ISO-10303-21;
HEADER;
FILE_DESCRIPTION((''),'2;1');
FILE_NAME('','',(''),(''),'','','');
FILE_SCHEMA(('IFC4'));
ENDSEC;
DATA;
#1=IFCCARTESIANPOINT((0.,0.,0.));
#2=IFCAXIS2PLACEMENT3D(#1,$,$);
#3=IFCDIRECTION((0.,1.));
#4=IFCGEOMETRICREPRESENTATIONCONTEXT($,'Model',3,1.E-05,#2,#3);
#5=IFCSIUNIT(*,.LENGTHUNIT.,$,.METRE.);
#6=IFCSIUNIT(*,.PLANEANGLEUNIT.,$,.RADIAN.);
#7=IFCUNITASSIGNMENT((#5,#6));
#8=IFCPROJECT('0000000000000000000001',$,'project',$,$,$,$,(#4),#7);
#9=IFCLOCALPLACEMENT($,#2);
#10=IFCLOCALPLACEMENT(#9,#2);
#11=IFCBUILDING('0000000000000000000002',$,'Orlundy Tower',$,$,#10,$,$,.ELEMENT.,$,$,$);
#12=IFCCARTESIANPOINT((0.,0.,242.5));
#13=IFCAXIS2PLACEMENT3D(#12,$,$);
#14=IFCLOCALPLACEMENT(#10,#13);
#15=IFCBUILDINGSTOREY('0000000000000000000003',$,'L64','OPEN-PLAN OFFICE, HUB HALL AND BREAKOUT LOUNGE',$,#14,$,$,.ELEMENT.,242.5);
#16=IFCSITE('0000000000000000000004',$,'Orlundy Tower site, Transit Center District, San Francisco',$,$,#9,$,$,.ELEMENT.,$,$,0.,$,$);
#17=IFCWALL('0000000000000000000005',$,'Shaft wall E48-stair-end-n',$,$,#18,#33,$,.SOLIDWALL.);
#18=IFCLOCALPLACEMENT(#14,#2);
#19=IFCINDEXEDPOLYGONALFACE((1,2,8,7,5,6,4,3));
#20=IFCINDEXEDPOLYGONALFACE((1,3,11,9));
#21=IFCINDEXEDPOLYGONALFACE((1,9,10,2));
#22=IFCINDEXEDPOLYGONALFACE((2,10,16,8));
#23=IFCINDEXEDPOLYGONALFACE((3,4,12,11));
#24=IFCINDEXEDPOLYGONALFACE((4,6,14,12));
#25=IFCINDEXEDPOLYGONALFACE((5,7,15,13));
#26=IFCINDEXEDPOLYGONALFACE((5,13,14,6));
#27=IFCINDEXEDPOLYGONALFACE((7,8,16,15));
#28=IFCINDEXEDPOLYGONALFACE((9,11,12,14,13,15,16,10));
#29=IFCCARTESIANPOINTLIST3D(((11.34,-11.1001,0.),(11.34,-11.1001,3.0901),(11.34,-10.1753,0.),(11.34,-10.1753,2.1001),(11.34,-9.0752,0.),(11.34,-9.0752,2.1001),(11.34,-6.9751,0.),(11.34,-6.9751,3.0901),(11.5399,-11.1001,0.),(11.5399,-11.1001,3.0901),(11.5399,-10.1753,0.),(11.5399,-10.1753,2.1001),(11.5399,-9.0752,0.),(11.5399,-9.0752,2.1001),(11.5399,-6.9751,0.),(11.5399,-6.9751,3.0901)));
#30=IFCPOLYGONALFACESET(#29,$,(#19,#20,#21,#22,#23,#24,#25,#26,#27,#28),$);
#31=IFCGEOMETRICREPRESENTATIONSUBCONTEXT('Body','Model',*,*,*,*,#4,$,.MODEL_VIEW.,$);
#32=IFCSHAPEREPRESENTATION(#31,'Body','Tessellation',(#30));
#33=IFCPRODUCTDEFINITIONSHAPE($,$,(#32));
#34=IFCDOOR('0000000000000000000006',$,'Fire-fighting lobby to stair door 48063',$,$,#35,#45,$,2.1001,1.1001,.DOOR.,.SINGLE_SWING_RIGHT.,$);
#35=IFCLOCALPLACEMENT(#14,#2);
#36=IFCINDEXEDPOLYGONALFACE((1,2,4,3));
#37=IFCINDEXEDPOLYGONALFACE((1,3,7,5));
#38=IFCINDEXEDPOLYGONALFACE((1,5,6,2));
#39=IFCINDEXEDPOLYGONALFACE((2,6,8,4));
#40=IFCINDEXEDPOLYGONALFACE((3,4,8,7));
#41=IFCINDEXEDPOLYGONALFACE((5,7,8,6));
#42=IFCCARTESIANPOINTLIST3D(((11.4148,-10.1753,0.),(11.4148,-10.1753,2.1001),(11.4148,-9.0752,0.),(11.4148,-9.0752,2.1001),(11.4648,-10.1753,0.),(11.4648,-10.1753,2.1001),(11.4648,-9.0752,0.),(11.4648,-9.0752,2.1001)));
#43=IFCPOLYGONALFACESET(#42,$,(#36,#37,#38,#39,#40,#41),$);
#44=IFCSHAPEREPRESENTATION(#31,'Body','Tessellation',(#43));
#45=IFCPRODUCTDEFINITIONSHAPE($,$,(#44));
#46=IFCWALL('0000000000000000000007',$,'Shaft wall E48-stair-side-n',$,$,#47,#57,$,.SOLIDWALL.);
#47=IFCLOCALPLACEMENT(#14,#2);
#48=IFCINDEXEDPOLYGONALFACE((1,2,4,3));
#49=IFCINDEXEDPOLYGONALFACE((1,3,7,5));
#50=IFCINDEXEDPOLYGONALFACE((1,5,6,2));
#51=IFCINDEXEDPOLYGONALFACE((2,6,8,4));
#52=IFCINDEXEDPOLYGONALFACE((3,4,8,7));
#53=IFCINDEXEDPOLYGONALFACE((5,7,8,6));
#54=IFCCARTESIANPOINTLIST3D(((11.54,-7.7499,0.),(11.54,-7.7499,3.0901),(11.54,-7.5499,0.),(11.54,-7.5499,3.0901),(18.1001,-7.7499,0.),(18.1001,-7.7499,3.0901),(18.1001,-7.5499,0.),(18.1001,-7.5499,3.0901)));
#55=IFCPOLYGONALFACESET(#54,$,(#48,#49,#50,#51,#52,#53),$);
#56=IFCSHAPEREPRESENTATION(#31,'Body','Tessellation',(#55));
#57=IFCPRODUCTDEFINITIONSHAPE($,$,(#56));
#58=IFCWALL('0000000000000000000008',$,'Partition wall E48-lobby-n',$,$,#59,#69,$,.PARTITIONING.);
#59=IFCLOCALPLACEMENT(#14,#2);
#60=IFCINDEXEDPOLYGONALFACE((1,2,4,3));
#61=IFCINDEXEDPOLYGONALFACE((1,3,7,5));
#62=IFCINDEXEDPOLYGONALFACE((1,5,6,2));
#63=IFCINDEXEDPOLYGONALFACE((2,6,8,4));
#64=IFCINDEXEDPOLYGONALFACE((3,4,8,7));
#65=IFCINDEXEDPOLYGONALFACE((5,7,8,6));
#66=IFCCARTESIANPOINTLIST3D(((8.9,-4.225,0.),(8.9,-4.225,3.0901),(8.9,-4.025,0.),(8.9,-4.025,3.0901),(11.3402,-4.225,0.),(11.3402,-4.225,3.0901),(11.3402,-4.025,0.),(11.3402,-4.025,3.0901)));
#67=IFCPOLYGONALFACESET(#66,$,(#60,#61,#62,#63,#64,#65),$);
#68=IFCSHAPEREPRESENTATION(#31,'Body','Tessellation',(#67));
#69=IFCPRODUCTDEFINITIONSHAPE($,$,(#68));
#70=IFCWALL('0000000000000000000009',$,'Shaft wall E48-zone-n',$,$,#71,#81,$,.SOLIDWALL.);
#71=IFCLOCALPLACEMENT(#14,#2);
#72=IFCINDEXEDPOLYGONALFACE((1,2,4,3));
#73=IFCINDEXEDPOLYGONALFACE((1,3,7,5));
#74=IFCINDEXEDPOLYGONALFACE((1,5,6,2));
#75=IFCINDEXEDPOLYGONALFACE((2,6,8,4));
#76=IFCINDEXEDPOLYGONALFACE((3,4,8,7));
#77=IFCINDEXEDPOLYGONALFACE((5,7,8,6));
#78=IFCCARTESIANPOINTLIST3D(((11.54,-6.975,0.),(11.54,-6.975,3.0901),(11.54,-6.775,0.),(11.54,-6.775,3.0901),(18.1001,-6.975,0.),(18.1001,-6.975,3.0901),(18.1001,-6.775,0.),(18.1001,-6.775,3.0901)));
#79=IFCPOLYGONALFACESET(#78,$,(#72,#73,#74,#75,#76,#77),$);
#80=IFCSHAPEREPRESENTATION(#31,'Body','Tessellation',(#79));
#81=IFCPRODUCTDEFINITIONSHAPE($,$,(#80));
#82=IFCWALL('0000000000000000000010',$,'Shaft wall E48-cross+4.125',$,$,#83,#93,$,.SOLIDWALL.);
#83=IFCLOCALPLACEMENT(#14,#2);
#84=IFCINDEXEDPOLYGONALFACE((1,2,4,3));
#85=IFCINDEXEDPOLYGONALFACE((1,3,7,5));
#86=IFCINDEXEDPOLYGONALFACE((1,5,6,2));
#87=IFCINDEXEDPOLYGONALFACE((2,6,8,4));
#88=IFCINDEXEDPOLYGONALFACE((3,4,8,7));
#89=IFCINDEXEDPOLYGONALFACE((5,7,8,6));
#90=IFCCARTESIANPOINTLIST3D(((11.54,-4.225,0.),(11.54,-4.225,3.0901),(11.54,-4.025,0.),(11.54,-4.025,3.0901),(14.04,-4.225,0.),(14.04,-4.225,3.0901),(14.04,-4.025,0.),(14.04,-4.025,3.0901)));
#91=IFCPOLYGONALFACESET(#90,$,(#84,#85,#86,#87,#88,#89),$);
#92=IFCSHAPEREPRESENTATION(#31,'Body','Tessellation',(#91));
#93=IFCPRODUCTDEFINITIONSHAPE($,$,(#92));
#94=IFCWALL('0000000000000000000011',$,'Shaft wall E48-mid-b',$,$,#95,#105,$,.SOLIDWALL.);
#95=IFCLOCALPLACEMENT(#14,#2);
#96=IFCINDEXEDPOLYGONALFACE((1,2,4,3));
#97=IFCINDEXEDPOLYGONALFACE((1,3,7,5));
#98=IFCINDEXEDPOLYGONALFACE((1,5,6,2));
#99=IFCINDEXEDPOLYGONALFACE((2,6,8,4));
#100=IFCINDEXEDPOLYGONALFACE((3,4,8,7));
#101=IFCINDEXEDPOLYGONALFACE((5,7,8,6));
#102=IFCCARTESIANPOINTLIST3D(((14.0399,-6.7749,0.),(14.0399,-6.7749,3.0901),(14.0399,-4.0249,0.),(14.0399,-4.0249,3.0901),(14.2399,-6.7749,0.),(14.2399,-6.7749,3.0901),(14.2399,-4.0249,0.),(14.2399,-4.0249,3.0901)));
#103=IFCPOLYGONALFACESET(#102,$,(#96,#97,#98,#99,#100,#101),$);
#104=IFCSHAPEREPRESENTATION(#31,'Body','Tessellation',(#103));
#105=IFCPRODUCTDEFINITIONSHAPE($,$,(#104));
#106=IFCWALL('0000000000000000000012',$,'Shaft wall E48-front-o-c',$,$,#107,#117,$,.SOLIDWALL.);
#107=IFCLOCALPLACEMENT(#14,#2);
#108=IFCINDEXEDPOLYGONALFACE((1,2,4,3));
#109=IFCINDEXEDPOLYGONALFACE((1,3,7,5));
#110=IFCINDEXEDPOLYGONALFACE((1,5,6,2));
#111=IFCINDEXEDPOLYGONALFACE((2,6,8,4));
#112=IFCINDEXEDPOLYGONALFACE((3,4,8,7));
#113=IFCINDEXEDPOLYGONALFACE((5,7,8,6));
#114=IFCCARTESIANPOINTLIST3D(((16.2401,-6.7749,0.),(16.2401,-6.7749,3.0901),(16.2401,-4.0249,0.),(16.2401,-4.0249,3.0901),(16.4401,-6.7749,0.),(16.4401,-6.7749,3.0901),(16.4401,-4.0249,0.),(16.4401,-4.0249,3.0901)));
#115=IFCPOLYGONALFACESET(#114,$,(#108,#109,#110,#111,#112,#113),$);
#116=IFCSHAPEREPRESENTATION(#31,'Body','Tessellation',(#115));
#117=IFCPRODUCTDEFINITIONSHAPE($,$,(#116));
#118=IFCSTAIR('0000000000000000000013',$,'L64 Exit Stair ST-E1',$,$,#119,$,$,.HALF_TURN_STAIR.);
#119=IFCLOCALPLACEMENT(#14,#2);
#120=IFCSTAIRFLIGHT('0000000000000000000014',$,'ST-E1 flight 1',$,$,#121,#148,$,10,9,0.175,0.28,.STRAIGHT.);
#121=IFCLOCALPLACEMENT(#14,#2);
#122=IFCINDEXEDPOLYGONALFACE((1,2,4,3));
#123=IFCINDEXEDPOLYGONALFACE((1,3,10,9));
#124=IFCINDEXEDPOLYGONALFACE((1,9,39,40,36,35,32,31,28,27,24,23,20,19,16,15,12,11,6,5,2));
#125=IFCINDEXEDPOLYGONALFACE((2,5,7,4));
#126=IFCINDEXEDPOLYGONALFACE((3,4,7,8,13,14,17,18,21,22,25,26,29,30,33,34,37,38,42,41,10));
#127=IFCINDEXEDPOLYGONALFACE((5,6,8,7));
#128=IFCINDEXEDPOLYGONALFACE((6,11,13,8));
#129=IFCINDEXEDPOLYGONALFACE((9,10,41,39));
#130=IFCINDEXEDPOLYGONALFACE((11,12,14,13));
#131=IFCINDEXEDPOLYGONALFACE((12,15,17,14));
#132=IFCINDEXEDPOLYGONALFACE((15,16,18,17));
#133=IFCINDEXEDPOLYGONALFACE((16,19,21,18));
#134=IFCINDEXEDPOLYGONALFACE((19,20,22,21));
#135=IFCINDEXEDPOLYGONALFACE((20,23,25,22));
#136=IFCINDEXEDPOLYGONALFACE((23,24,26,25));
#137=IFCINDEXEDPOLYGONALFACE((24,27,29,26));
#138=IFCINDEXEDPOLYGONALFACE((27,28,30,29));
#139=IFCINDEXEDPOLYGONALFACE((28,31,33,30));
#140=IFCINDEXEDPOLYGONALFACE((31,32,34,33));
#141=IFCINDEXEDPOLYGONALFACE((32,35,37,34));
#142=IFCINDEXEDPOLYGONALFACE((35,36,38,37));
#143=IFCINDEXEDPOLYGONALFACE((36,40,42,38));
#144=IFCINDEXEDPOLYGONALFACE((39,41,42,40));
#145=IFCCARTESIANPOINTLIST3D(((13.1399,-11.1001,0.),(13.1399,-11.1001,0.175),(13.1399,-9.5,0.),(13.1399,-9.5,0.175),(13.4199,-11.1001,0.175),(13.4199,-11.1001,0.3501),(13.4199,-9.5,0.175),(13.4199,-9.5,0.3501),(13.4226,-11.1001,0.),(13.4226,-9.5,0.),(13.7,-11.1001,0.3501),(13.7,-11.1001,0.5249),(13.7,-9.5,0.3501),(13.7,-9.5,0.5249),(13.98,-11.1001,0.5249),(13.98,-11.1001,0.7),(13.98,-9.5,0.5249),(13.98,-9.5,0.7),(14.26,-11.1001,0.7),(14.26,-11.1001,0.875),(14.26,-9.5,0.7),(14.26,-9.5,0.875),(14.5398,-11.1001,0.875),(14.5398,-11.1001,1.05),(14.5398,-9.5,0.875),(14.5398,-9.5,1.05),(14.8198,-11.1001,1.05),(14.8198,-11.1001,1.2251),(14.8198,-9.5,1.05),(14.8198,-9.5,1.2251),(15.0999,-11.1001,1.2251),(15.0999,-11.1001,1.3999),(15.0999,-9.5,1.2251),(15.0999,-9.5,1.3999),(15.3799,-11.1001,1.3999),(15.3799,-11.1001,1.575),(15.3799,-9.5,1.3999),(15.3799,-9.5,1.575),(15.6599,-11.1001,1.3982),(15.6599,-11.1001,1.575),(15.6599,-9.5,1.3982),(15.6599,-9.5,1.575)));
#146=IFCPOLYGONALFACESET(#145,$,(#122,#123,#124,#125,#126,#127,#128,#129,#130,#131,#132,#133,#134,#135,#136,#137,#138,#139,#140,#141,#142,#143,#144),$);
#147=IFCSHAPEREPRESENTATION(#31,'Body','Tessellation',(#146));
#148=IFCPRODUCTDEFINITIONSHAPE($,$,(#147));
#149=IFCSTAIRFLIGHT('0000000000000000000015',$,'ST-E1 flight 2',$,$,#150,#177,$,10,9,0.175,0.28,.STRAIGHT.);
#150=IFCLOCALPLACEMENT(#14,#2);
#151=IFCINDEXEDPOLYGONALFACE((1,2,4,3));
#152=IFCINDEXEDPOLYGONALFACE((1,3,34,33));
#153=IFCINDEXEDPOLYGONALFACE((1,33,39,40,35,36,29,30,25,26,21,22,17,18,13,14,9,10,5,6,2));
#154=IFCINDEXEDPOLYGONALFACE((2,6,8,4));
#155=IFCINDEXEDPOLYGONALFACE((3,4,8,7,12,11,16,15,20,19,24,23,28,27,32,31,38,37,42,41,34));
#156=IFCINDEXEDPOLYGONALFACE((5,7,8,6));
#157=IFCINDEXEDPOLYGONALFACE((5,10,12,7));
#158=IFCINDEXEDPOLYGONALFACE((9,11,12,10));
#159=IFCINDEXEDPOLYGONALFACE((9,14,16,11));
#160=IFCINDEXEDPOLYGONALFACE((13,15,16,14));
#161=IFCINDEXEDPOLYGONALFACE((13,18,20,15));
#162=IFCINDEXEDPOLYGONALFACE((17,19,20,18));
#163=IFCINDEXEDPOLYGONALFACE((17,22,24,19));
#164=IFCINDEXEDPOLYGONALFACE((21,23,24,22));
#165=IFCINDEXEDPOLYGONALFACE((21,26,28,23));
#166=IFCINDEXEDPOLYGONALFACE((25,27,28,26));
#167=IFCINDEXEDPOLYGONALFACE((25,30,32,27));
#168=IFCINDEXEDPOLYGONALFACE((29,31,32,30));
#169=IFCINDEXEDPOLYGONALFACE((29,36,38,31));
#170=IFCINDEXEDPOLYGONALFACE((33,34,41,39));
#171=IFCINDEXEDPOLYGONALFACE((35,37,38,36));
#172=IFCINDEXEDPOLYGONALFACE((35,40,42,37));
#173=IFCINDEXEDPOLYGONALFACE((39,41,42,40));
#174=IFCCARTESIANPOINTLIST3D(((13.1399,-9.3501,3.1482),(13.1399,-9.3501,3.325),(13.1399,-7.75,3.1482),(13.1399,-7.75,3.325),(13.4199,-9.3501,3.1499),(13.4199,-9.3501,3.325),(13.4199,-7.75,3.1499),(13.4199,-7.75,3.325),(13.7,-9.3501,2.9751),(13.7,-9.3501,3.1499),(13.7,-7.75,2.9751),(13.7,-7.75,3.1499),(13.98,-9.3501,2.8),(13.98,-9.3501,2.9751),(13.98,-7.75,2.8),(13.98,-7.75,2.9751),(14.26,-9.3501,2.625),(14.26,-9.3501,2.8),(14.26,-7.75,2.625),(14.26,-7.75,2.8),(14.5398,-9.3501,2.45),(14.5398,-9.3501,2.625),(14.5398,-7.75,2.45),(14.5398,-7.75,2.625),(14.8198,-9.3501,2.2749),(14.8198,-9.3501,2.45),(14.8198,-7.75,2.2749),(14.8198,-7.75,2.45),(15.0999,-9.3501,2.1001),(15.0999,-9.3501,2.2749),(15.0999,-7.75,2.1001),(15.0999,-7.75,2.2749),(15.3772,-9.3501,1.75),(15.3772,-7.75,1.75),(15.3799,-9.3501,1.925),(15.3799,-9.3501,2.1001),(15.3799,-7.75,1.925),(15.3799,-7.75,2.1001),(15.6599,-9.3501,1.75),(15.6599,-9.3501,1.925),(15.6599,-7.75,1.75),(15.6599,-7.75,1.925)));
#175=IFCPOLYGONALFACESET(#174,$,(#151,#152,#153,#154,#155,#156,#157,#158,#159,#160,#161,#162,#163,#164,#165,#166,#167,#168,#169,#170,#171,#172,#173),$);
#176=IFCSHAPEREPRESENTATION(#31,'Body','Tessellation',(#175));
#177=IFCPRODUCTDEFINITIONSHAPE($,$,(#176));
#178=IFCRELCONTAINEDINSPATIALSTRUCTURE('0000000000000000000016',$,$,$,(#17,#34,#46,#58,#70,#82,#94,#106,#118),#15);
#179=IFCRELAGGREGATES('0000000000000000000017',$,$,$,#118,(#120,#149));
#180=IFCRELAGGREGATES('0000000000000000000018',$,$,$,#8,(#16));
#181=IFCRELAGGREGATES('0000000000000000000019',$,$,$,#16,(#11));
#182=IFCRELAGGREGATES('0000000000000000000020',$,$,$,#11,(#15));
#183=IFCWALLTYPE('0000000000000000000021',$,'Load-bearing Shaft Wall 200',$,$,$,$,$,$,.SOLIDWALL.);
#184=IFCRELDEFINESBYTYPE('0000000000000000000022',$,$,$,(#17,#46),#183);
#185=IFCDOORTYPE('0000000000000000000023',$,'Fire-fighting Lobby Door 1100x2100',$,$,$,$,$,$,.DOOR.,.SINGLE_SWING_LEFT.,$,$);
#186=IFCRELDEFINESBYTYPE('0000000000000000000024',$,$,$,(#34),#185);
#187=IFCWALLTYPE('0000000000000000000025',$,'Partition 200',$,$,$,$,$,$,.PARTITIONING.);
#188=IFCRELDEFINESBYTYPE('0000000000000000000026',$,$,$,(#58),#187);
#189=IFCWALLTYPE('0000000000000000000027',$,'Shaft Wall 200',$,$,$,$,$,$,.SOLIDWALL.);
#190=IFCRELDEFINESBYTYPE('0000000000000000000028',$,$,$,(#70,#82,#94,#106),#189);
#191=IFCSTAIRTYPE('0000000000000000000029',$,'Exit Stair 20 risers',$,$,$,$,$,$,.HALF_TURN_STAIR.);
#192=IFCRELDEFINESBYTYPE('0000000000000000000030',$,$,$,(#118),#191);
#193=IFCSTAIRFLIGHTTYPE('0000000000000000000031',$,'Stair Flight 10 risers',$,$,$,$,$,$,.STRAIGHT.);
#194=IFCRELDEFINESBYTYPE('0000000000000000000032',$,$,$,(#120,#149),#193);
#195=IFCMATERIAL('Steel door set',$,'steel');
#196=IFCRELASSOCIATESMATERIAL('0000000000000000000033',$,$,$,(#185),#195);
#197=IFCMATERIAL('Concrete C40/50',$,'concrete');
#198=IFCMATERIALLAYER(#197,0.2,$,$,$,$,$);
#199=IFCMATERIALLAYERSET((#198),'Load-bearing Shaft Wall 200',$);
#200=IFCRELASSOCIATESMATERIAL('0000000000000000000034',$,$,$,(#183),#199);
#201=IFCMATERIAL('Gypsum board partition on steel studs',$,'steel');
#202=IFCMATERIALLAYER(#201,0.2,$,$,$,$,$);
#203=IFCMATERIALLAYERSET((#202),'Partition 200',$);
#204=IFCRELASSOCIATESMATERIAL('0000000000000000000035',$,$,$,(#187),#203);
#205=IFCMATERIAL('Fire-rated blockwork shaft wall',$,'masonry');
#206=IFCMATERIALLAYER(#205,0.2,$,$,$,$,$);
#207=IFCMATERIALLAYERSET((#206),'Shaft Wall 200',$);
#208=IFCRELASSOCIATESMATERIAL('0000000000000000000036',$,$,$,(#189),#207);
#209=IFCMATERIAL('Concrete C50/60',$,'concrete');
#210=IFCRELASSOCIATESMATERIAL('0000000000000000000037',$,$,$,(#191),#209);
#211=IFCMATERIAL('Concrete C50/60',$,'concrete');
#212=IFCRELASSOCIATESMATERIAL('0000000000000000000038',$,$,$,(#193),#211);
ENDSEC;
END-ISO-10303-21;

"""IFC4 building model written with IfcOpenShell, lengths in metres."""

from ifc_helpers import new_model, si_unit, direction, frame, frame_2d, origin, place, context, subcontext, project, spatial, polyline, rectangle, outline, extrude, material, layer, layer_set, type_object, element, fill, aggregate, save


model = new_model("IFC4")

# Units and contexts
model_context = context("Model", 3, precision=1e-05, world=origin(), true_north=direction((0.0, 1.0)))
body_context = subcontext(model_context, "Body", "Model", "MODEL_VIEW")
ifc_project = project(units=[si_unit("LENGTHUNIT", "METRE"), si_unit("PLANEANGLEUNIT", "RADIAN")], contexts=[model_context])

# Site, building, storey
site_placement = place(None, origin())
site = spatial("IfcSite", under=ifc_project, at=site_placement, Name="Orlundy Tower site, Transit Center District, San Francisco", CompositionType="ELEMENT", RefElevation=0.0)
building_placement = place(site_placement, origin())
building = spatial("IfcBuilding", under=site, at=building_placement, Name="Orlundy Tower", CompositionType="ELEMENT")
storey_placement = place(building_placement, frame((0.0, 0.0, 242.5)))
storey = spatial("IfcBuildingStorey", under=building, at=storey_placement, Name="L64", Description="OPEN-PLAN OFFICE, HUB HALL AND BREAKOUT LOUNGE", CompositionType="ELEMENT", Elevation=242.5)

# Shared definitions
ifc_material_1 = material(Name="Steel door set", Category="steel")
door_type_1 = type_object("IfcDoorType", Name="Fire-fighting Lobby Door 1100x2100", OperationType="SINGLE_SWING_LEFT", PredefinedType="DOOR", material=ifc_material_1)

# Wall, opening, door
ifc_material_2 = material(Name="Concrete C40/50", Category="concrete")
ifc_layer_1 = layer(ifc_material_2, 0.2)
ifc_layer_set_1 = layer_set([ifc_layer_1], Name="Load-bearing Shaft Wall 200")
wall_type_1 = type_object("IfcWallType", Name="Load-bearing Shaft Wall 200", PredefinedType="SOLIDWALL", material=ifc_layer_set_1)
wall_1_placement = place(storey_placement, frame((11.4399, -6.9751, 0.0), z_axis=(0.0, 0.0, 1.0), x_axis=(0.0, -1.0, 0.0)))
wall_1 = element("IfcWall", 1, at=wall_1_placement, inside=storey, type_object=wall_type_1, Name="Shaft wall E48-stair-end-n", PredefinedType="SOLIDWALL", context=body_context, shape_type="SweptSolid", body=[
    extrude(rectangle(XDim=4.125, YDim=0.2, at=frame_2d((2.0625, 0.0))), origin(), (0.0, 0.0, 1.0), 3.0901),
])
opening_1_placement = place(wall_1_placement, frame((2.1001, 0.0, 0.0)))
opening_1 = element("IfcOpeningElement", 2, at=opening_1_placement, cuts=wall_1, PredefinedType="OPENING", context=body_context, shape_type="SweptSolid", body=[
    extrude(rectangle(XDim=1.1001, YDim=2.1001, at=frame_2d((0.55, 1.05))), frame((0.0, 0.1101, 0.0), z_axis=(0.0, -1.0, 0.0), x_axis=(1.0, 0.0, 0.0)), (0.0, 0.0, 1.0), 0.2202),
])
door_1_placement = place(opening_1_placement, origin())
door_1 = element("IfcDoor", 3, at=door_1_placement, inside=storey, type_object=door_type_1, Name="Fire-fighting lobby to stair door 48063", OperationType="SINGLE_SWING_RIGHT", OverallHeight=2.1001, OverallWidth=1.1001, PredefinedType="DOOR", context=body_context, shape_type="SweptSolid", body=[
    extrude(rectangle(XDim=1.1001, YDim=2.1001, at=frame_2d((0.55, 1.05))), frame((0.0, 0.0249, 0.0), z_axis=(0.0, -1.0, 0.0), x_axis=(1.0, 0.0, 0.0)), (0.0, 0.0, 1.0), 0.05),
])
fill(opening_1, door_1)

# Walls
wall_2_placement = place(storey_placement, frame((11.54, -7.6499, 0.0), z_axis=(0.0, 0.0, 1.0), x_axis=(1.0, 0.0, 0.0)))
element("IfcWall", 4, at=wall_2_placement, inside=storey, type_object=wall_type_1, Name="Shaft wall E48-stair-side-n", PredefinedType="SOLIDWALL", context=body_context, shape_type="SweptSolid", body=[
    extrude(rectangle(XDim=6.5601, YDim=0.2, at=frame_2d((3.28, 0.0))), origin(), (0.0, 0.0, 1.0), 3.0901),
])
ifc_material_3 = material(Name="Gypsum board partition on steel studs", Category="steel")
ifc_layer_2 = layer(ifc_material_3, 0.2)
ifc_layer_set_2 = layer_set([ifc_layer_2], Name="Partition 200")
wall_type_2 = type_object("IfcWallType", Name="Partition 200", PredefinedType="PARTITIONING", material=ifc_layer_set_2)
wall_3_placement = place(storey_placement, frame((8.8999, -4.125, 0.0), z_axis=(0.0, 0.0, 1.0), x_axis=(1.0, 0.0, 0.0)))
element("IfcWall", 5, at=wall_3_placement, inside=storey, type_object=wall_type_2, Name="Partition wall E48-lobby-n", PredefinedType="PARTITIONING", context=body_context, shape_type="SweptSolid", body=[
    extrude(rectangle(XDim=2.4402, YDim=0.2, at=frame_2d((1.2202, 0.0))), origin(), (0.0, 0.0, 1.0), 3.0901),
])
ifc_material_4 = material(Name="Fire-rated blockwork shaft wall", Category="masonry")
ifc_layer_3 = layer(ifc_material_4, 0.2)
ifc_layer_set_3 = layer_set([ifc_layer_3], Name="Shaft Wall 200")
wall_type_3 = type_object("IfcWallType", Name="Shaft Wall 200", PredefinedType="SOLIDWALL", material=ifc_layer_set_3)
wall_4_placement = place(storey_placement, frame((11.54, -6.875, 0.0), z_axis=(0.0, 0.0, 1.0), x_axis=(1.0, 0.0, 0.0)))
element("IfcWall", 6, at=wall_4_placement, inside=storey, type_object=wall_type_3, Name="Shaft wall E48-zone-n", PredefinedType="SOLIDWALL", context=body_context, shape_type="SweptSolid", body=[
    extrude(rectangle(XDim=6.5601, YDim=0.2, at=frame_2d((3.28, 0.0))), origin(), (0.0, 0.0, 1.0), 3.0901),
])
wall_5_placement = place(storey_placement, frame((11.54, -4.125, 0.0), z_axis=(0.0, 0.0, 1.0), x_axis=(1.0, 0.0, 0.0)))
element("IfcWall", 7, at=wall_5_placement, inside=storey, type_object=wall_type_3, Name="Shaft wall E48-cross+4.125", PredefinedType="SOLIDWALL", context=body_context, shape_type="SweptSolid", body=[
    extrude(rectangle(XDim=2.5, YDim=0.2, at=frame_2d((1.25, 0.0))), origin(), (0.0, 0.0, 1.0), 3.0901),
])
for number, where, z_axis, x_axis, name in (
    (8, (14.1399, -4.0249, 0.0), (0.0, 0.0, 1.0), (0.0, -1.0, 0.0), "Shaft wall E48-mid-b"),
    (9, (16.3401, -4.0249, 0.0), (0.0, 0.0, 1.0), (0.0, -1.0, 0.0), "Shaft wall E48-front-o-c"),
):
    element("IfcWall", number, at=place(storey_placement, frame(where, z_axis=z_axis, x_axis=x_axis)), inside=storey, type_object=wall_type_3, Name=name, PredefinedType="SOLIDWALL", context=body_context, shape_type="SweptSolid", body=[
        extrude(rectangle(XDim=2.75, YDim=0.2, at=frame_2d((1.375, 0.0))), origin(), (0.0, 0.0, 1.0), 3.0901),
    ])

# Stair, stair flights
ifc_material_5 = material(Name="Concrete C50/60", Category="concrete")
stair_type = type_object("IfcStairType", Name="Exit Stair 20 risers", PredefinedType="HALF_TURN_STAIR", material=ifc_material_5)
stair_placement = place(storey_placement, origin())
stair = element("IfcStair", 10, at=stair_placement, inside=storey, type_object=stair_type, Name="L64 Exit Stair ST-E1", PredefinedType="HALF_TURN_STAIR")
ifc_material_6 = material(Name="Concrete C50/60", Category="concrete")
stair_flight_type = type_object("IfcStairFlightType", Name="Stair Flight 10 risers", PredefinedType="STRAIGHT", material=ifc_material_6)
stair_flight_1_placement = place(storey_placement, frame((13.1399, -10.3, 0.0), z_axis=(0.0, 0.0, 1.0), x_axis=(1.0, 0.0, 0.0)))
stair_flight_1 = element("IfcStairFlight", 11, at=stair_flight_1_placement, type_object=stair_flight_type, Name="ST-E1 flight 1", NumberOfRisers=10, NumberOfTreads=9, PredefinedType="STRAIGHT", RiserHeight=0.175, TreadLength=0.28, context=body_context, shape_type="SweptSolid", body=[
    extrude(outline(polyline([(0.0, 0.0), (0.0, 0.175), (0.28, 0.175), (0.28, 0.3501), (0.5601, 0.3501), (0.5601, 0.5249), (0.8401, 0.5249), (0.8401, 0.7), (1.1201, 0.7), (1.1201, 0.875), (1.3999, 0.875), (1.3999, 1.05), (1.6799, 1.05), (1.6799, 1.2251), (1.96, 1.2251), (1.96, 1.3999), (2.24, 1.3999), (2.24, 1.575), (2.52, 1.575), (2.52, 1.75), (2.52, 1.3982), (0.2827, 0.0), (0.0, 0.0)])), frame((0.0, 0.8, 0.0), z_axis=(0.0, -1.0, 0.0), x_axis=(1.0, 0.0, 0.0)), (0.0, 0.0, 1.0), 1.6001),
])
stair_flight_2_placement = place(storey_placement, frame((15.6599, -8.55, 1.75), z_axis=(0.0, 0.0, 1.0), x_axis=(-1.0, 0.0, 0.0)))
stair_flight_2 = element("IfcStairFlight", 12, at=stair_flight_2_placement, type_object=stair_flight_type, Name="ST-E1 flight 2", NumberOfRisers=10, NumberOfTreads=9, PredefinedType="STRAIGHT", RiserHeight=0.175, TreadLength=0.28, context=body_context, shape_type="SweptSolid", body=[
    extrude(outline(polyline([(0.0, 0.0), (0.0, 0.175), (0.28, 0.175), (0.28, 0.3501), (0.5601, 0.3501), (0.5601, 0.5249), (0.8401, 0.5249), (0.8401, 0.7), (1.1201, 0.7), (1.1201, 0.875), (1.3999, 0.875), (1.3999, 1.05), (1.6799, 1.05), (1.6799, 1.2251), (1.96, 1.2251), (1.96, 1.3999), (2.24, 1.3999), (2.24, 1.575), (2.52, 1.575), (2.52, 1.75), (2.52, 1.3982), (0.2827, 0.0), (0.0, 0.0)])), frame((0.0, 0.8, 0.0), z_axis=(0.0, -1.0, 0.0), x_axis=(1.0, 0.0, 0.0)), (0.0, 0.0, 1.0), 1.6001),
])
aggregate(stair, [stair_flight_1, stair_flight_2])

save(model, "model.ifc")
